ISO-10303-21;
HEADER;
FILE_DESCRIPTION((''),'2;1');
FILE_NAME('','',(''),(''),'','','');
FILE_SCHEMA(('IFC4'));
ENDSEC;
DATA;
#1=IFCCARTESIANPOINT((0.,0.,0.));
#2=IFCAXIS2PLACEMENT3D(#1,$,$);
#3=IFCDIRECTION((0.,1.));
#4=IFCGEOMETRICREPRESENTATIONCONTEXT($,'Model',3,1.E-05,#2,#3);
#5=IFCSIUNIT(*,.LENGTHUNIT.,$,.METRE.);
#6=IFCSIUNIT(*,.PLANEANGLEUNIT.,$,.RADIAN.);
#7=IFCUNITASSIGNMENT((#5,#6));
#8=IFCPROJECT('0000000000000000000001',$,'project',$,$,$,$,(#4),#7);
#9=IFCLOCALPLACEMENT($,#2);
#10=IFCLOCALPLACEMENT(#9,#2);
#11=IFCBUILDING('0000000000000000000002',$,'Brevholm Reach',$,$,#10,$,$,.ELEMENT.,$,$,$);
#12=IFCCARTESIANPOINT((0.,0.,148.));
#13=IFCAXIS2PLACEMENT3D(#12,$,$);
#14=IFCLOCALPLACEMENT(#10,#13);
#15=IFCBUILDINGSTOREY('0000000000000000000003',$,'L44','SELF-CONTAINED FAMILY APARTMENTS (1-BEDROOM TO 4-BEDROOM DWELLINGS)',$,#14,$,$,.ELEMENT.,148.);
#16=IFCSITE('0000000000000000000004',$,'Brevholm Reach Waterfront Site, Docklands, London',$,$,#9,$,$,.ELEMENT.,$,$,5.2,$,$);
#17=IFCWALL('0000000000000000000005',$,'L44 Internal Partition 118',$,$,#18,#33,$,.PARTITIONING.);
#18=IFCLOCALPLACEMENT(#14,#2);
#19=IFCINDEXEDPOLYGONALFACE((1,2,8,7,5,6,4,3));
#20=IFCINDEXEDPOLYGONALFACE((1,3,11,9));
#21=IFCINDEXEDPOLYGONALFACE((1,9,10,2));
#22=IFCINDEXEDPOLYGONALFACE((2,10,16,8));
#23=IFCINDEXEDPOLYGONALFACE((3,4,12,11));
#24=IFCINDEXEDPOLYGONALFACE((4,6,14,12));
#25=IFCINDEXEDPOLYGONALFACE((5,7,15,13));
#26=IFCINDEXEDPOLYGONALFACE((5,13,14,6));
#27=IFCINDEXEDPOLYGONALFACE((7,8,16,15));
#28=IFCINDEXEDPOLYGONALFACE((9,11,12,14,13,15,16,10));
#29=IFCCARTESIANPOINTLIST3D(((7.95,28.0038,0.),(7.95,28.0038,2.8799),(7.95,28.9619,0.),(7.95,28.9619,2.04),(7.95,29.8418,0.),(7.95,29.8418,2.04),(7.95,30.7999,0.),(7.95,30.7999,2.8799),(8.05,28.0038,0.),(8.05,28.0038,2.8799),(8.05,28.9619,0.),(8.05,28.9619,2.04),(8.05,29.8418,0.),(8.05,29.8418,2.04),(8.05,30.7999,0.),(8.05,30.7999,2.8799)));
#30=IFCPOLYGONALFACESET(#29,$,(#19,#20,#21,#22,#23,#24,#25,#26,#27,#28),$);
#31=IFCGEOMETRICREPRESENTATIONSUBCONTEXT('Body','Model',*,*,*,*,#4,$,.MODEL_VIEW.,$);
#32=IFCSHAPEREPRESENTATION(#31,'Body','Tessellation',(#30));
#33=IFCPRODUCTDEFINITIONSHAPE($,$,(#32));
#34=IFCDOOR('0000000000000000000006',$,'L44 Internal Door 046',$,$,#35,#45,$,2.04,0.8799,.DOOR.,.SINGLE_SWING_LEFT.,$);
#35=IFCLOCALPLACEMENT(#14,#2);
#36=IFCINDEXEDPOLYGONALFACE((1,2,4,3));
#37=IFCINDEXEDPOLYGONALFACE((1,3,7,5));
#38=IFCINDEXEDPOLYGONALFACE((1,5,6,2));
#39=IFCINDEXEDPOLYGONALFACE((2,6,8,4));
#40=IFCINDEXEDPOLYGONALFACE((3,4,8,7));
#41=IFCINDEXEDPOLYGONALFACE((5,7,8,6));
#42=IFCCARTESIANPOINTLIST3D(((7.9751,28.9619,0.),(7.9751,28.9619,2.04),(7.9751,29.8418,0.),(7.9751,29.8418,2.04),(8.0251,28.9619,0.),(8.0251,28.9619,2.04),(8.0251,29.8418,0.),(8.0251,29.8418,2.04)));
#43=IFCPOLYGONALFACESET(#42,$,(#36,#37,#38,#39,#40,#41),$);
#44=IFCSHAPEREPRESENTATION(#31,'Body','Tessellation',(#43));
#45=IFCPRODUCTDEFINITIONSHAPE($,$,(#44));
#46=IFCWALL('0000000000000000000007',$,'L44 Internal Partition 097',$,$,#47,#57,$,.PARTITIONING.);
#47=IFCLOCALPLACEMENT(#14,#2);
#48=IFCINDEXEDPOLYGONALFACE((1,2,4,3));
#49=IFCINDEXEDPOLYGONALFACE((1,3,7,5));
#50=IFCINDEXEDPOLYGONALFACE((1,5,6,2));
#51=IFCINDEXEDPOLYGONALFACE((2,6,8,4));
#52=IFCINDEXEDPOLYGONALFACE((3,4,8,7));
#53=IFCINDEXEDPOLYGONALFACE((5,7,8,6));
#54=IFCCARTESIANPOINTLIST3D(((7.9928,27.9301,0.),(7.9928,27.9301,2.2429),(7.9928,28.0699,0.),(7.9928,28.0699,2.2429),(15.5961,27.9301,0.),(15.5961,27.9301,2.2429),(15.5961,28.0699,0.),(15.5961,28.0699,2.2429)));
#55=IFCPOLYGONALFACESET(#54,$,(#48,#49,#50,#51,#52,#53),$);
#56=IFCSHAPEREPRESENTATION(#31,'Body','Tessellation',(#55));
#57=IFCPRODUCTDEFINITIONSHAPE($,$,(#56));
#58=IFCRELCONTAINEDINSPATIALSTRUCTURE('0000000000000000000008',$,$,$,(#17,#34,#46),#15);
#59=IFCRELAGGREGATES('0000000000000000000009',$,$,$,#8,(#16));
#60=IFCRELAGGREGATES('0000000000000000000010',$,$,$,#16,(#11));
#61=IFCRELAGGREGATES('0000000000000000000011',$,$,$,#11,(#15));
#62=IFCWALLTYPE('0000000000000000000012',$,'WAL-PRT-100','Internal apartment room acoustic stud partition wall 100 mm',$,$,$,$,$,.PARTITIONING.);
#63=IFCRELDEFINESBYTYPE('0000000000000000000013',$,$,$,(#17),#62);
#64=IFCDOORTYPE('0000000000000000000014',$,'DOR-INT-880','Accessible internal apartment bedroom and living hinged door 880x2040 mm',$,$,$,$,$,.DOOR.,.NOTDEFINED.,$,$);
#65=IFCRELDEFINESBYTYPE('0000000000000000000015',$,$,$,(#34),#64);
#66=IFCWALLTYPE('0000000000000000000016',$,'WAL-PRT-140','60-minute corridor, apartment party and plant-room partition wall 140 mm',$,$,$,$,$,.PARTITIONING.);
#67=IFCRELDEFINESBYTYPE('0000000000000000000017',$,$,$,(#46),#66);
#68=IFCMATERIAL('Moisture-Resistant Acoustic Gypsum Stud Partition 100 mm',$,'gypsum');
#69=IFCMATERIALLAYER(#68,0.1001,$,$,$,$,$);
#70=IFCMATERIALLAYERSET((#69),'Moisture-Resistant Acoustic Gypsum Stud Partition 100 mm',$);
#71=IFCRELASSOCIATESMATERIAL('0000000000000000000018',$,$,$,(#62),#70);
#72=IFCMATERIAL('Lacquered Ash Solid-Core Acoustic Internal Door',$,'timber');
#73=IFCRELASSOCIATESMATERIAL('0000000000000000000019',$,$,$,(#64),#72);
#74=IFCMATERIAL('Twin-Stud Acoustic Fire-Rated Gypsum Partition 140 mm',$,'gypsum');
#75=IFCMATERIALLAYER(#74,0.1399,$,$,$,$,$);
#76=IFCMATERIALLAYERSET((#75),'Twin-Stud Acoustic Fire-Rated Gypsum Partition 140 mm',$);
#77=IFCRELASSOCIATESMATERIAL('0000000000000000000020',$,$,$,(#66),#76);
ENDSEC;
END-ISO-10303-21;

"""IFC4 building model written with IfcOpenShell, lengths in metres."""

from ifc_helpers import new_model, si_unit, direction, frame, frame_2d, origin, place, context, subcontext, project, spatial, rectangle, extrude, material, layer, layer_set, type_object, element, fill, save


model = new_model("IFC4")

# Units and contexts
model_context = context("Model", 3, precision=1e-05, world=origin(), true_north=direction((0.0, 1.0)))
body_context = subcontext(model_context, "Body", "Model", "MODEL_VIEW")
ifc_project = project(units=[si_unit("LENGTHUNIT", "METRE"), si_unit("PLANEANGLEUNIT", "RADIAN")], contexts=[model_context])

# Site, building, storey
site_placement = place(None, origin())
site = spatial("IfcSite", under=ifc_project, at=site_placement, Name="Brevholm Reach Waterfront Site, Docklands, London", CompositionType="ELEMENT", RefElevation=5.2)
building_placement = place(site_placement, origin())
building = spatial("IfcBuilding", under=site, at=building_placement, Name="Brevholm Reach", CompositionType="ELEMENT")
storey_placement = place(building_placement, frame((0.0, 0.0, 148.0)))
storey = spatial("IfcBuildingStorey", under=building, at=storey_placement, Name="L44", Description="SELF-CONTAINED FAMILY APARTMENTS (1-BEDROOM TO 4-BEDROOM DWELLINGS)", CompositionType="ELEMENT", Elevation=148.0)

# Wall, opening, door
ifc_material_1 = material(Name="Moisture-Resistant Acoustic Gypsum Stud Partition 100 mm", Category="gypsum")
ifc_layer_1 = layer(ifc_material_1, 0.1001)
ifc_layer_set_1 = layer_set([ifc_layer_1], Name="Moisture-Resistant Acoustic Gypsum Stud Partition 100 mm")
wall_type_1 = type_object("IfcWallType", Name="WAL-PRT-100", Description="Internal apartment room acoustic stud partition wall 100 mm", PredefinedType="PARTITIONING", material=ifc_layer_set_1)
wall_1_placement = place(storey_placement, frame((8.0, 28.0039, 0.0), z_axis=(0.0, 0.0, 1.0), x_axis=(0.0, 1.0, 0.0)))
wall_1 = element("IfcWall", 1, at=wall_1_placement, inside=storey, type_object=wall_type_1, Name="L44 Internal Partition 118", PredefinedType="PARTITIONING", context=body_context, shape_type="SweptSolid", body=[
    extrude(rectangle(XDim=2.7961, YDim=0.1001, at=frame_2d((1.3979, 0.0))), origin(), (0.0, 0.0, 1.0), 2.8799),
])
opening_1_placement = place(wall_1_placement, frame((0.958, 0.0, 0.0)))
opening_1 = element("IfcOpeningElement", 2, at=opening_1_placement, cuts=wall_1, PredefinedType="OPENING", context=body_context, shape_type="SweptSolid", body=[
    extrude(rectangle(XDim=0.8799, YDim=2.04, at=frame_2d((0.4399, 1.02))), frame((0.0, 0.0601, 0.0), z_axis=(0.0, -1.0, 0.0), x_axis=(1.0, 0.0, 0.0)), (0.0, 0.0, 1.0), 0.1201),
])
ifc_material_2 = material(Name="Lacquered Ash Solid-Core Acoustic Internal Door", Category="timber")
door_type_1 = type_object("IfcDoorType", Name="DOR-INT-880", Description="Accessible internal apartment bedroom and living hinged door 880x2040 mm", OperationType="NOTDEFINED", PredefinedType="DOOR", material=ifc_material_2)
door_1_placement = place(opening_1_placement, origin())
door_1 = element("IfcDoor", 3, at=door_1_placement, inside=storey, type_object=door_type_1, Name="L44 Internal Door 046", OperationType="SINGLE_SWING_LEFT", OverallHeight=2.04, OverallWidth=0.8799, PredefinedType="DOOR", context=body_context, shape_type="SweptSolid", body=[
    extrude(rectangle(XDim=0.8799, YDim=2.04, at=frame_2d((0.4399, 1.02))), frame((0.0, 0.0249, 0.0), z_axis=(0.0, -1.0, 0.0), x_axis=(1.0, 0.0, 0.0)), (0.0, 0.0, 1.0), 0.05),
])
fill(opening_1, door_1)

# Wall
ifc_material_3 = material(Name="Twin-Stud Acoustic Fire-Rated Gypsum Partition 140 mm", Category="gypsum")
ifc_layer_2 = layer(ifc_material_3, 0.1399)
ifc_layer_set_2 = layer_set([ifc_layer_2], Name="Twin-Stud Acoustic Fire-Rated Gypsum Partition 140 mm")
wall_type_2 = type_object("IfcWallType", Name="WAL-PRT-140", Description="60-minute corridor, apartment party and plant-room partition wall 140 mm", PredefinedType="PARTITIONING", material=ifc_layer_set_2)
wall_2_placement = place(storey_placement, frame((7.9927, 28.0, 0.0), z_axis=(0.0, 0.0, 1.0), x_axis=(1.0, 0.0, 0.0)))
element("IfcWall", 4, at=wall_2_placement, inside=storey, type_object=wall_type_2, Name="L44 Internal Partition 097", PredefinedType="PARTITIONING", context=body_context, shape_type="SweptSolid", body=[
    extrude(rectangle(XDim=7.6033, YDim=0.1399, at=frame_2d((3.8018, 0.0))), origin(), (0.0, 0.0, 1.0), 2.2429),
])

save(model, "model.ifc")
